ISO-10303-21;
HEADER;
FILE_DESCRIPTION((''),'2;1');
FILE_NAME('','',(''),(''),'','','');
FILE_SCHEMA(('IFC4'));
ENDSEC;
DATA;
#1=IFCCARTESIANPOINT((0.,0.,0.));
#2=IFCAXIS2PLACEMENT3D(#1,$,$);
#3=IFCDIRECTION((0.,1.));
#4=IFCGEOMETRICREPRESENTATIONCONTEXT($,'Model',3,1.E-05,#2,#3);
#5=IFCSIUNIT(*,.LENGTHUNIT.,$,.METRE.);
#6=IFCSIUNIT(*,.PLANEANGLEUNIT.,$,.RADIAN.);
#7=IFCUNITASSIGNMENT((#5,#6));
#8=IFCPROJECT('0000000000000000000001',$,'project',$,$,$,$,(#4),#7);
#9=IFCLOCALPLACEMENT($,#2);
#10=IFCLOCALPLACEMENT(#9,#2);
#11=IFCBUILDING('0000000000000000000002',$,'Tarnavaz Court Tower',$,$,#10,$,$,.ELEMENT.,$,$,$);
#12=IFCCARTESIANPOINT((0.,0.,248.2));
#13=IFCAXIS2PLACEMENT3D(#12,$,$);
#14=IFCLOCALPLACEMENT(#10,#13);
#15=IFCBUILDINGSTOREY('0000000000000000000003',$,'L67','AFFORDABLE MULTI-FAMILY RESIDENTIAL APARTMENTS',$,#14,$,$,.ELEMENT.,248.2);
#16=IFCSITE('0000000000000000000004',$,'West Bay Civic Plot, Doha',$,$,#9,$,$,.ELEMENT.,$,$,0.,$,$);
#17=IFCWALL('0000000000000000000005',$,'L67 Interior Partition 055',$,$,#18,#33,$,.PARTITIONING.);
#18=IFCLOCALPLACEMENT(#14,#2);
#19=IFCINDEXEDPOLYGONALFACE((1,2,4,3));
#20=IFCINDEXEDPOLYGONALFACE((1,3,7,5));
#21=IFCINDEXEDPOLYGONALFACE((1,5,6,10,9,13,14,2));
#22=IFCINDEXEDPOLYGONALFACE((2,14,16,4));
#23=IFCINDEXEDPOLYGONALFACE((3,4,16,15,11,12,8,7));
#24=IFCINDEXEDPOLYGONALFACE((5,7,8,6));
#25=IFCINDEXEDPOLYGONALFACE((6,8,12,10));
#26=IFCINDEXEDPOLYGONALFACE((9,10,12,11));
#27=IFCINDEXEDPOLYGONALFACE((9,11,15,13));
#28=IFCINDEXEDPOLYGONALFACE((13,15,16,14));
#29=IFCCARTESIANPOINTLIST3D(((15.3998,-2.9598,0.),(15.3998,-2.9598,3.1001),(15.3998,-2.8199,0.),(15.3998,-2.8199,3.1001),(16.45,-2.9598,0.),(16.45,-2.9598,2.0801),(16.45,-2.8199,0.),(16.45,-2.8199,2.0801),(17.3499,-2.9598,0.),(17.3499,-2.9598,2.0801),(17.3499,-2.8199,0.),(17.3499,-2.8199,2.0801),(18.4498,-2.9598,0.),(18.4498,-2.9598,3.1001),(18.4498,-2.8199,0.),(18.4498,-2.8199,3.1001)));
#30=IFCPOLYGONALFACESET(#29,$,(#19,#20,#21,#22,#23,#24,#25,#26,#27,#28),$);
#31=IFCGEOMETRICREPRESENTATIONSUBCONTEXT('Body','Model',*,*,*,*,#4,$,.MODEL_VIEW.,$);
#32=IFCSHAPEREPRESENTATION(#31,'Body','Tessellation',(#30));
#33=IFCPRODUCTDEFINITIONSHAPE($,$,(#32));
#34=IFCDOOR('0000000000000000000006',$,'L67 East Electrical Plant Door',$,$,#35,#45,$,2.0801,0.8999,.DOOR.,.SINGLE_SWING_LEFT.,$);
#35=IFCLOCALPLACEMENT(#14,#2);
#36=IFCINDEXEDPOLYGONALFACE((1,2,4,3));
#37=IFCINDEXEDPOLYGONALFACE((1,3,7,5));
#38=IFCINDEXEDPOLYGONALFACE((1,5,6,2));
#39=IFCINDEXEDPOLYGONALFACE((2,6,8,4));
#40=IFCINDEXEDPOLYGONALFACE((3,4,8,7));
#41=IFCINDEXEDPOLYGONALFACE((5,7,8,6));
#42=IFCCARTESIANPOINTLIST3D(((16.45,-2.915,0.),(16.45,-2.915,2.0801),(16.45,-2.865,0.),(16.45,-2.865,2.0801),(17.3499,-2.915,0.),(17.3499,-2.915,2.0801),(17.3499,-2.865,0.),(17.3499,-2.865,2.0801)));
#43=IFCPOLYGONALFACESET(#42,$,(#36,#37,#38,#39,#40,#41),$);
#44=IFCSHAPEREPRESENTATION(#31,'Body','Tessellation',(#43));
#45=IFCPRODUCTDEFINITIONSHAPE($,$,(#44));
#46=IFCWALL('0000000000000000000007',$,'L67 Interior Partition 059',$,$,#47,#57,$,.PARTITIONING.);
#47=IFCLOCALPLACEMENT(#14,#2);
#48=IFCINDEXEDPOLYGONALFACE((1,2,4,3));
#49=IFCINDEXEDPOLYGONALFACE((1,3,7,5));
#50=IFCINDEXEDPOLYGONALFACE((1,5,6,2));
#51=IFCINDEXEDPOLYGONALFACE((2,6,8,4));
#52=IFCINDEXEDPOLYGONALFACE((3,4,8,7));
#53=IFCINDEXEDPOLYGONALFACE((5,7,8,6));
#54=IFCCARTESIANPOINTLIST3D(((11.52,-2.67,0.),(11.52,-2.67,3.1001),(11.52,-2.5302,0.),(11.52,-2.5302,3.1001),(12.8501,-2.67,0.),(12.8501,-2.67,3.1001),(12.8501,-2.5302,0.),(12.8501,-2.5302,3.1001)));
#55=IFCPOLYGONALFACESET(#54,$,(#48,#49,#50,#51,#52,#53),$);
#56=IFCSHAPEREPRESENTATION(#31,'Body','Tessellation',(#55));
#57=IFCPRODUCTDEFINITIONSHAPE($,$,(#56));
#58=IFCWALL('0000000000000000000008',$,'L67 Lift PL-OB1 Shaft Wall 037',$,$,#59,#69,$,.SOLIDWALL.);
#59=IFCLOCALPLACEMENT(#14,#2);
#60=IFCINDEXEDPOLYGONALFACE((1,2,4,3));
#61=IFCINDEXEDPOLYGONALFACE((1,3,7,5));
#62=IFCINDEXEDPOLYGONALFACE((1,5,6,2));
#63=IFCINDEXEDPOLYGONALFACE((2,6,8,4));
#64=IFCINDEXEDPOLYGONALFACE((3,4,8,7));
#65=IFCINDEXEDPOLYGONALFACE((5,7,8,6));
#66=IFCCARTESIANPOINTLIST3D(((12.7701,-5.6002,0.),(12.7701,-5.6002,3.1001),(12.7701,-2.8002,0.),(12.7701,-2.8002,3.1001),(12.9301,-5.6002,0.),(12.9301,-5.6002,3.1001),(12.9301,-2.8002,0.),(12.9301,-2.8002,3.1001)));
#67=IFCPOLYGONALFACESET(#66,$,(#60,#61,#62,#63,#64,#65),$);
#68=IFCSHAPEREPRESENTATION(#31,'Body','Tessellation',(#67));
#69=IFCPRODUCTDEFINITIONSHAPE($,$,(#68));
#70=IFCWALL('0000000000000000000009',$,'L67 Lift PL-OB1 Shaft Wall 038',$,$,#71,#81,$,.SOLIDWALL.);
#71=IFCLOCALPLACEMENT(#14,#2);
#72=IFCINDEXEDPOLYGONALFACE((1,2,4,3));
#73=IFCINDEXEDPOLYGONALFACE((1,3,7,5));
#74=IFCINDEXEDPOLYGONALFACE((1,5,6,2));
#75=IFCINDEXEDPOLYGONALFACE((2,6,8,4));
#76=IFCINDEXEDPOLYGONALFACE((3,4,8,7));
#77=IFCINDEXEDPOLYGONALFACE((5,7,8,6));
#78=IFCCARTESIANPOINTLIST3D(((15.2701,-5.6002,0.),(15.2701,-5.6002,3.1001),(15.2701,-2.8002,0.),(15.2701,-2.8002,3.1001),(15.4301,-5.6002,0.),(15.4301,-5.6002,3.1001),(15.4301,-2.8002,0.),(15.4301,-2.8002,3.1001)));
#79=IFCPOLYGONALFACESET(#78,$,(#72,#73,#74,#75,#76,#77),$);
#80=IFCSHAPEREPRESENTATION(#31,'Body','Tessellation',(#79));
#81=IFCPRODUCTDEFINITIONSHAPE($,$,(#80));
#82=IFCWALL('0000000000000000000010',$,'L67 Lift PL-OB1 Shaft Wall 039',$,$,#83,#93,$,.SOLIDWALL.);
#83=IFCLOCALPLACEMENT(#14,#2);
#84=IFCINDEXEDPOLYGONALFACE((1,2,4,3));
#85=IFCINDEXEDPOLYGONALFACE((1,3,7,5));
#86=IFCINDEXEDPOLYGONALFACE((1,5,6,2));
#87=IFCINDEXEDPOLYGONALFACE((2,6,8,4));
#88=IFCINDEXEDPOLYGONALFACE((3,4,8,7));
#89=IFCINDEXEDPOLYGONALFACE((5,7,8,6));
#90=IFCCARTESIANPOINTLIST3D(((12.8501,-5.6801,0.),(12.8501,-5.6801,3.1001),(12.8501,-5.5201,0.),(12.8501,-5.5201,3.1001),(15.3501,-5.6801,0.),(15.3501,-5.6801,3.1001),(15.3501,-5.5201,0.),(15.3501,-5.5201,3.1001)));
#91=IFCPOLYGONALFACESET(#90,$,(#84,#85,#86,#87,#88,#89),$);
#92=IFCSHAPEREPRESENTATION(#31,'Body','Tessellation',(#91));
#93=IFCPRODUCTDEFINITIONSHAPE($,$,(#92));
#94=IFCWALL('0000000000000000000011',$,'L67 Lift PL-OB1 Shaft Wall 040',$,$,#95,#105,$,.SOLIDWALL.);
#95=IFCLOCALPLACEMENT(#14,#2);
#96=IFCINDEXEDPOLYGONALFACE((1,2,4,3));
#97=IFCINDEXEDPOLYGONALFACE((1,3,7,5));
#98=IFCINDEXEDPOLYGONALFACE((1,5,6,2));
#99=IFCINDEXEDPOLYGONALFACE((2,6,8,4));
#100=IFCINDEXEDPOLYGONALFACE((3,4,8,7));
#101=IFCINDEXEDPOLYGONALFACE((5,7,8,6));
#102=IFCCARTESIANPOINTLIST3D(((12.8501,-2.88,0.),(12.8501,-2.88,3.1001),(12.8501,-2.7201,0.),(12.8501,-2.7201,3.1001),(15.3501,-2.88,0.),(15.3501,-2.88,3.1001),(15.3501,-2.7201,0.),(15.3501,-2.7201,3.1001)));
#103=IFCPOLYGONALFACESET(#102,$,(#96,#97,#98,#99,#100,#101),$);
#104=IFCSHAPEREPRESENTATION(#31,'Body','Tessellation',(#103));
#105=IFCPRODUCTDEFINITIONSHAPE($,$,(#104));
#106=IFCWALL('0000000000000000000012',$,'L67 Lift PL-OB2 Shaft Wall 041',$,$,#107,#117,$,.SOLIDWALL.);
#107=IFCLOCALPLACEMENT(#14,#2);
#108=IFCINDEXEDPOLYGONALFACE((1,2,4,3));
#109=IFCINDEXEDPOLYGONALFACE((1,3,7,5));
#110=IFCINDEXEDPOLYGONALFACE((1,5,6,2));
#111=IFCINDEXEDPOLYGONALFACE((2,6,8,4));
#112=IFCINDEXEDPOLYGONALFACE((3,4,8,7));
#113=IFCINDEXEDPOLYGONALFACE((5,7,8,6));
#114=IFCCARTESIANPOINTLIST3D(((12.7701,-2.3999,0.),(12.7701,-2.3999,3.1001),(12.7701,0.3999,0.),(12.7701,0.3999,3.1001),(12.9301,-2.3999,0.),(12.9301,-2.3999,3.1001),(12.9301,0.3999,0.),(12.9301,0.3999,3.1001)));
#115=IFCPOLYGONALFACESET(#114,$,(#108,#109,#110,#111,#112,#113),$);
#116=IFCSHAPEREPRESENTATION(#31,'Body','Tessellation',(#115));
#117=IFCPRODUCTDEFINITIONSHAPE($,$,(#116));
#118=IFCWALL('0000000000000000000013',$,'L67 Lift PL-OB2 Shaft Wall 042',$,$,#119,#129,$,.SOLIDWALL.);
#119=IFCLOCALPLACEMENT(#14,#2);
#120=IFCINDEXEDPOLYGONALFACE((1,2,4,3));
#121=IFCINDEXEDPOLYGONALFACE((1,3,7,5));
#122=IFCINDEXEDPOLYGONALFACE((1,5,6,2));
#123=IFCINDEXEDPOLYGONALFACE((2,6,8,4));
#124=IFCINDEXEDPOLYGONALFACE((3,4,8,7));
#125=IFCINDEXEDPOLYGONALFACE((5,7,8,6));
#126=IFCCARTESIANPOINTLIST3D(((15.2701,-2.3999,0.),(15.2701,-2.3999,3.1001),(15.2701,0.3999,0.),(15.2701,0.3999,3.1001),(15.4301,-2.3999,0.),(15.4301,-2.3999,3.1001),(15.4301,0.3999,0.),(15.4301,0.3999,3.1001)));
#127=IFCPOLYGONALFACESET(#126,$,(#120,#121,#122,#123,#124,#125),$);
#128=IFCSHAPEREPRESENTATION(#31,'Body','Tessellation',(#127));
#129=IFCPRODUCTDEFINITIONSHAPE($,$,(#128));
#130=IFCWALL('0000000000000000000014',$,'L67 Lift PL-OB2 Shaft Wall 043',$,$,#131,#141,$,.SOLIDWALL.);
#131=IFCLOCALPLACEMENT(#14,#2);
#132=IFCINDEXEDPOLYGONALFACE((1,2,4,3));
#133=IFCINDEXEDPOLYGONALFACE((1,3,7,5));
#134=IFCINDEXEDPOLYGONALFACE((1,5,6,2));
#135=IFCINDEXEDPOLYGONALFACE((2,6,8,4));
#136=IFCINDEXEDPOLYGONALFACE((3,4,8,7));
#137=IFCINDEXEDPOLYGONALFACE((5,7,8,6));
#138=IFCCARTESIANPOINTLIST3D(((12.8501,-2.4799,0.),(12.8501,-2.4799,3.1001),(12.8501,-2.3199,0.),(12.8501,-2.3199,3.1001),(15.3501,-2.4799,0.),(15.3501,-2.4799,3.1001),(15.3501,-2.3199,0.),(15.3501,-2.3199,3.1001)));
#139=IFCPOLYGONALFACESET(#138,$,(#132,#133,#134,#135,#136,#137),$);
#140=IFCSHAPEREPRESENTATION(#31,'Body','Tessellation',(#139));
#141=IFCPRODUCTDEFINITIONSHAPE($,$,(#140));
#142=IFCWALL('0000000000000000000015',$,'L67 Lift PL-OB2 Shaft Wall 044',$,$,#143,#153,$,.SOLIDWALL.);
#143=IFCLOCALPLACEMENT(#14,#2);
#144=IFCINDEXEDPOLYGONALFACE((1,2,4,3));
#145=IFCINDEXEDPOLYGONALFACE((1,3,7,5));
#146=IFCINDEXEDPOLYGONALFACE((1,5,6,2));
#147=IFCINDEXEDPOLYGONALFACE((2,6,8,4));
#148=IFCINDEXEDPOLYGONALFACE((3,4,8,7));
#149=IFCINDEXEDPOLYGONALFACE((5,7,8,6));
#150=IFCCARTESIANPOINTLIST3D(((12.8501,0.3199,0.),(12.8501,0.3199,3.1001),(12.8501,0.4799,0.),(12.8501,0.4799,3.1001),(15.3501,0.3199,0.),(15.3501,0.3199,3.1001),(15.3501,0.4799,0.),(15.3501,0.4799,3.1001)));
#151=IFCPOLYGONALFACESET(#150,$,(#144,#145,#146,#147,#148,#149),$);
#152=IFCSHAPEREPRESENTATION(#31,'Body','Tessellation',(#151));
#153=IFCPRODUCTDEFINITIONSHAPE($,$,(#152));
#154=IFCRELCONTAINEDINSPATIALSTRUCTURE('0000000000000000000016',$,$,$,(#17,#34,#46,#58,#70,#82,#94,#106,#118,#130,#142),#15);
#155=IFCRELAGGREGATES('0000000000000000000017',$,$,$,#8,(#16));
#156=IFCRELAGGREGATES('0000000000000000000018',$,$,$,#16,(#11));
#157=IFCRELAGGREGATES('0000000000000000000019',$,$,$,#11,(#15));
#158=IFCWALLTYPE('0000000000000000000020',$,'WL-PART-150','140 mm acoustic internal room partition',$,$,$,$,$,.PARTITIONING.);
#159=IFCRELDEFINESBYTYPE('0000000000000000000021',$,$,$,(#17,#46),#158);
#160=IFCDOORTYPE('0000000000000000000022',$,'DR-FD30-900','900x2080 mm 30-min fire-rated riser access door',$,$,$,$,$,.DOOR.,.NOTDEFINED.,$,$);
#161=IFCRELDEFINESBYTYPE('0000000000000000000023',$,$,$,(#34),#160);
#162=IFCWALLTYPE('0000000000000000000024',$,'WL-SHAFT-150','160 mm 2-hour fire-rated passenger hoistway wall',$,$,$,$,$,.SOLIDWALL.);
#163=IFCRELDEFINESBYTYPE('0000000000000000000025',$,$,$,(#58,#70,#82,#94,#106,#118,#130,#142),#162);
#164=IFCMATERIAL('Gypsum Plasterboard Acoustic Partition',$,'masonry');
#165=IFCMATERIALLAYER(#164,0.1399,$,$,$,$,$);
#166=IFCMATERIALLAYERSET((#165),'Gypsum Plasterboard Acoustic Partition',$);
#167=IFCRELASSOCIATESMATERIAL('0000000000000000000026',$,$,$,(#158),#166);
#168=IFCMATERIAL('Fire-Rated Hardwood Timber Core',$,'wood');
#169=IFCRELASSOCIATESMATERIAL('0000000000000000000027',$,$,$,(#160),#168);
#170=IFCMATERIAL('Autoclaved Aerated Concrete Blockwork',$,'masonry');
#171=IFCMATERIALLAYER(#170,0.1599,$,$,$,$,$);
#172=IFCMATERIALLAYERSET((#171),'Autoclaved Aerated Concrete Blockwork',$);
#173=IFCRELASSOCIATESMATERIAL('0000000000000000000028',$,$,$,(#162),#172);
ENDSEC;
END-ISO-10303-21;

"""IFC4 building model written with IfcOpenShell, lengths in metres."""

from ifc_helpers import new_model, si_unit, direction, frame, frame_2d, origin, place, context, subcontext, project, spatial, rectangle, extrude, material, layer, layer_set, type_object, element, fill, save


model = new_model("IFC4")

# Units and contexts
model_context = context("Model", 3, precision=1e-05, world=origin(), true_north=direction((0.0, 1.0)))
body_context = subcontext(model_context, "Body", "Model", "MODEL_VIEW")
ifc_project = project(units=[si_unit("LENGTHUNIT", "METRE"), si_unit("PLANEANGLEUNIT", "RADIAN")], contexts=[model_context])

# Site, building, storey
site_placement = place(None, origin())
site = spatial("IfcSite", under=ifc_project, at=site_placement, Name="West Bay Civic Plot, Doha", CompositionType="ELEMENT", RefElevation=0.0)
building_placement = place(site_placement, origin())
building = spatial("IfcBuilding", under=site, at=building_placement, Name="Tarnavaz Court Tower", CompositionType="ELEMENT")
storey_placement = place(building_placement, frame((0.0, 0.0, 248.2)))
storey = spatial("IfcBuildingStorey", under=building, at=storey_placement, Name="L67", Description="AFFORDABLE MULTI-FAMILY RESIDENTIAL APARTMENTS", CompositionType="ELEMENT", Elevation=248.2)

# Wall, opening, door
ifc_material_1 = material(Name="Gypsum Plasterboard Acoustic Partition", Category="masonry")
ifc_layer_1 = layer(ifc_material_1, 0.1399)
ifc_layer_set_1 = layer_set([ifc_layer_1], Name="Gypsum Plasterboard Acoustic Partition")
wall_type_1 = type_object("IfcWallType", Name="WL-PART-150", Description="140 mm acoustic internal room partition", PredefinedType="PARTITIONING", material=ifc_layer_set_1)
ifc_material_2 = material(Name="Fire-Rated Hardwood Timber Core", Category="wood")
door_type = type_object("IfcDoorType", Name="DR-FD30-900", Description="900x2080 mm 30-min fire-rated riser access door", OperationType="NOTDEFINED", PredefinedType="DOOR", material=ifc_material_2)
wall_1_placement = place(storey_placement, frame((15.3999, -2.8899, 0.0), z_axis=(0.0, 0.0, 1.0), x_axis=(1.0, 0.0, 0.0)))
wall_1 = element("IfcWall", 1, at=wall_1_placement, inside=storey, type_object=wall_type_1, Name="L67 Interior Partition 055", PredefinedType="PARTITIONING", context=body_context, shape_type="SweptSolid", body=[
    extrude(rectangle(XDim=3.05, YDim=0.1399, at=frame_2d((1.5249, 0.0))), origin(), (0.0, 0.0, 1.0), 3.1001),
])
opening_1_placement = place(wall_1_placement, frame((1.05, 0.0, 0.0)))
opening_1 = element("IfcOpeningElement", 2, at=opening_1_placement, cuts=wall_1, PredefinedType="OPENING", context=body_context, shape_type="SweptSolid", body=[
    extrude(rectangle(XDim=0.8999, YDim=2.0801, at=frame_2d((0.45, 1.04))), frame((0.0, 0.0798, 0.0), z_axis=(0.0, -1.0, 0.0), x_axis=(1.0, 0.0, 0.0)), (0.0, 0.0, 1.0), 0.1599),
])
door_1_placement = place(opening_1_placement, origin())
door_1 = element("IfcDoor", 3, at=door_1_placement, inside=storey, type_object=door_type, Name="L67 East Electrical Plant Door", OperationType="SINGLE_SWING_LEFT", OverallHeight=2.0801, OverallWidth=0.8999, PredefinedType="DOOR", context=body_context, shape_type="SweptSolid", body=[
    extrude(rectangle(XDim=0.8999, YDim=2.0801, at=frame_2d((0.45, 1.04))), frame((0.0, 0.0249, 0.0), z_axis=(0.0, -1.0, 0.0), x_axis=(1.0, 0.0, 0.0)), (0.0, 0.0, 1.0), 0.05),
])
fill(opening_1, door_1)

# Walls
wall_2_placement = place(storey_placement, frame((11.52, -2.6001, 0.0), z_axis=(0.0, 0.0, 1.0), x_axis=(1.0, 0.0, 0.0)))
element("IfcWall", 4, at=wall_2_placement, inside=storey, type_object=wall_type_1, Name="L67 Interior Partition 059", PredefinedType="PARTITIONING", context=body_context, shape_type="SweptSolid", body=[
    extrude(rectangle(XDim=1.3301, YDim=0.1399, at=frame_2d((0.665, 0.0))), origin(), (0.0, 0.0, 1.0), 3.1001),
])
ifc_material_3 = material(Name="Autoclaved Aerated Concrete Blockwork", Category="masonry")
ifc_layer_2 = layer(ifc_material_3, 0.1599)
ifc_layer_set_2 = layer_set([ifc_layer_2], Name="Autoclaved Aerated Concrete Blockwork")
wall_type_2 = type_object("IfcWallType", Name="WL-SHAFT-150", Description="160 mm 2-hour fire-rated passenger hoistway wall", PredefinedType="SOLIDWALL", material=ifc_layer_set_2)
for number, where, z_axis, x_axis, name in (
    (5, (12.8501, -5.6001, 0.0), (0.0, 0.0, 1.0), (0.0, 1.0, 0.0), "L67 Lift PL-OB1 Shaft Wall 037"),
    (6, (15.3501, -5.6001, 0.0), (0.0, 0.0, 1.0), (0.0, 1.0, 0.0), "L67 Lift PL-OB1 Shaft Wall 038"),
):
    element("IfcWall", number, at=place(storey_placement, frame(where, z_axis=z_axis, x_axis=x_axis)), inside=storey, type_object=wall_type_2, Name=name, PredefinedType="SOLIDWALL", context=body_context, shape_type="SweptSolid", body=[
        extrude(rectangle(XDim=2.8, YDim=0.1599, at=frame_2d((1.3999, 0.0))), origin(), (0.0, 0.0, 1.0), 3.1001),
    ])
for number, where, z_axis, x_axis, name in (
    (7, (12.8501, -5.6001, 0.0), (0.0, 0.0, 1.0), (1.0, 0.0, 0.0), "L67 Lift PL-OB1 Shaft Wall 039"),
    (8, (12.8501, -2.8, 0.0), (0.0, 0.0, 1.0), (1.0, 0.0, 0.0), "L67 Lift PL-OB1 Shaft Wall 040"),
):
    element("IfcWall", number, at=place(storey_placement, frame(where, z_axis=z_axis, x_axis=x_axis)), inside=storey, type_object=wall_type_2, Name=name, PredefinedType="SOLIDWALL", context=body_context, shape_type="SweptSolid", body=[
        extrude(rectangle(XDim=2.5, YDim=0.1599, at=frame_2d((1.25, 0.0))), origin(), (0.0, 0.0, 1.0), 3.1001),
    ])
for number, where, z_axis, x_axis, name in (
    (9, (12.8501, -2.3999, 0.0), (0.0, 0.0, 1.0), (0.0, 1.0, 0.0), "L67 Lift PL-OB2 Shaft Wall 041"),
    (10, (15.3501, -2.3999, 0.0), (0.0, 0.0, 1.0), (0.0, 1.0, 0.0), "L67 Lift PL-OB2 Shaft Wall 042"),
):
    element("IfcWall", number, at=place(storey_placement, frame(where, z_axis=z_axis, x_axis=x_axis)), inside=storey, type_object=wall_type_2, Name=name, PredefinedType="SOLIDWALL", context=body_context, shape_type="SweptSolid", body=[
        extrude(rectangle(XDim=2.7998, YDim=0.1599, at=frame_2d((1.3999, 0.0))), origin(), (0.0, 0.0, 1.0), 3.1001),
    ])
for number, where, z_axis, x_axis, name in (
    (11, (12.8501, -2.3999, 0.0), (0.0, 0.0, 1.0), (1.0, 0.0, 0.0), "L67 Lift PL-OB2 Shaft Wall 043"),
    (12, (12.8501, 0.3999, 0.0), (0.0, 0.0, 1.0), (1.0, 0.0, 0.0), "L67 Lift PL-OB2 Shaft Wall 044"),
):
    element("IfcWall", number, at=place(storey_placement, frame(where, z_axis=z_axis, x_axis=x_axis)), inside=storey, type_object=wall_type_2, Name=name, PredefinedType="SOLIDWALL", context=body_context, shape_type="SweptSolid", body=[
        extrude(rectangle(XDim=2.5, YDim=0.1599, at=frame_2d((1.25, 0.0))), origin(), (0.0, 0.0, 1.0), 3.1001),
    ])

save(model, "model.ifc")
